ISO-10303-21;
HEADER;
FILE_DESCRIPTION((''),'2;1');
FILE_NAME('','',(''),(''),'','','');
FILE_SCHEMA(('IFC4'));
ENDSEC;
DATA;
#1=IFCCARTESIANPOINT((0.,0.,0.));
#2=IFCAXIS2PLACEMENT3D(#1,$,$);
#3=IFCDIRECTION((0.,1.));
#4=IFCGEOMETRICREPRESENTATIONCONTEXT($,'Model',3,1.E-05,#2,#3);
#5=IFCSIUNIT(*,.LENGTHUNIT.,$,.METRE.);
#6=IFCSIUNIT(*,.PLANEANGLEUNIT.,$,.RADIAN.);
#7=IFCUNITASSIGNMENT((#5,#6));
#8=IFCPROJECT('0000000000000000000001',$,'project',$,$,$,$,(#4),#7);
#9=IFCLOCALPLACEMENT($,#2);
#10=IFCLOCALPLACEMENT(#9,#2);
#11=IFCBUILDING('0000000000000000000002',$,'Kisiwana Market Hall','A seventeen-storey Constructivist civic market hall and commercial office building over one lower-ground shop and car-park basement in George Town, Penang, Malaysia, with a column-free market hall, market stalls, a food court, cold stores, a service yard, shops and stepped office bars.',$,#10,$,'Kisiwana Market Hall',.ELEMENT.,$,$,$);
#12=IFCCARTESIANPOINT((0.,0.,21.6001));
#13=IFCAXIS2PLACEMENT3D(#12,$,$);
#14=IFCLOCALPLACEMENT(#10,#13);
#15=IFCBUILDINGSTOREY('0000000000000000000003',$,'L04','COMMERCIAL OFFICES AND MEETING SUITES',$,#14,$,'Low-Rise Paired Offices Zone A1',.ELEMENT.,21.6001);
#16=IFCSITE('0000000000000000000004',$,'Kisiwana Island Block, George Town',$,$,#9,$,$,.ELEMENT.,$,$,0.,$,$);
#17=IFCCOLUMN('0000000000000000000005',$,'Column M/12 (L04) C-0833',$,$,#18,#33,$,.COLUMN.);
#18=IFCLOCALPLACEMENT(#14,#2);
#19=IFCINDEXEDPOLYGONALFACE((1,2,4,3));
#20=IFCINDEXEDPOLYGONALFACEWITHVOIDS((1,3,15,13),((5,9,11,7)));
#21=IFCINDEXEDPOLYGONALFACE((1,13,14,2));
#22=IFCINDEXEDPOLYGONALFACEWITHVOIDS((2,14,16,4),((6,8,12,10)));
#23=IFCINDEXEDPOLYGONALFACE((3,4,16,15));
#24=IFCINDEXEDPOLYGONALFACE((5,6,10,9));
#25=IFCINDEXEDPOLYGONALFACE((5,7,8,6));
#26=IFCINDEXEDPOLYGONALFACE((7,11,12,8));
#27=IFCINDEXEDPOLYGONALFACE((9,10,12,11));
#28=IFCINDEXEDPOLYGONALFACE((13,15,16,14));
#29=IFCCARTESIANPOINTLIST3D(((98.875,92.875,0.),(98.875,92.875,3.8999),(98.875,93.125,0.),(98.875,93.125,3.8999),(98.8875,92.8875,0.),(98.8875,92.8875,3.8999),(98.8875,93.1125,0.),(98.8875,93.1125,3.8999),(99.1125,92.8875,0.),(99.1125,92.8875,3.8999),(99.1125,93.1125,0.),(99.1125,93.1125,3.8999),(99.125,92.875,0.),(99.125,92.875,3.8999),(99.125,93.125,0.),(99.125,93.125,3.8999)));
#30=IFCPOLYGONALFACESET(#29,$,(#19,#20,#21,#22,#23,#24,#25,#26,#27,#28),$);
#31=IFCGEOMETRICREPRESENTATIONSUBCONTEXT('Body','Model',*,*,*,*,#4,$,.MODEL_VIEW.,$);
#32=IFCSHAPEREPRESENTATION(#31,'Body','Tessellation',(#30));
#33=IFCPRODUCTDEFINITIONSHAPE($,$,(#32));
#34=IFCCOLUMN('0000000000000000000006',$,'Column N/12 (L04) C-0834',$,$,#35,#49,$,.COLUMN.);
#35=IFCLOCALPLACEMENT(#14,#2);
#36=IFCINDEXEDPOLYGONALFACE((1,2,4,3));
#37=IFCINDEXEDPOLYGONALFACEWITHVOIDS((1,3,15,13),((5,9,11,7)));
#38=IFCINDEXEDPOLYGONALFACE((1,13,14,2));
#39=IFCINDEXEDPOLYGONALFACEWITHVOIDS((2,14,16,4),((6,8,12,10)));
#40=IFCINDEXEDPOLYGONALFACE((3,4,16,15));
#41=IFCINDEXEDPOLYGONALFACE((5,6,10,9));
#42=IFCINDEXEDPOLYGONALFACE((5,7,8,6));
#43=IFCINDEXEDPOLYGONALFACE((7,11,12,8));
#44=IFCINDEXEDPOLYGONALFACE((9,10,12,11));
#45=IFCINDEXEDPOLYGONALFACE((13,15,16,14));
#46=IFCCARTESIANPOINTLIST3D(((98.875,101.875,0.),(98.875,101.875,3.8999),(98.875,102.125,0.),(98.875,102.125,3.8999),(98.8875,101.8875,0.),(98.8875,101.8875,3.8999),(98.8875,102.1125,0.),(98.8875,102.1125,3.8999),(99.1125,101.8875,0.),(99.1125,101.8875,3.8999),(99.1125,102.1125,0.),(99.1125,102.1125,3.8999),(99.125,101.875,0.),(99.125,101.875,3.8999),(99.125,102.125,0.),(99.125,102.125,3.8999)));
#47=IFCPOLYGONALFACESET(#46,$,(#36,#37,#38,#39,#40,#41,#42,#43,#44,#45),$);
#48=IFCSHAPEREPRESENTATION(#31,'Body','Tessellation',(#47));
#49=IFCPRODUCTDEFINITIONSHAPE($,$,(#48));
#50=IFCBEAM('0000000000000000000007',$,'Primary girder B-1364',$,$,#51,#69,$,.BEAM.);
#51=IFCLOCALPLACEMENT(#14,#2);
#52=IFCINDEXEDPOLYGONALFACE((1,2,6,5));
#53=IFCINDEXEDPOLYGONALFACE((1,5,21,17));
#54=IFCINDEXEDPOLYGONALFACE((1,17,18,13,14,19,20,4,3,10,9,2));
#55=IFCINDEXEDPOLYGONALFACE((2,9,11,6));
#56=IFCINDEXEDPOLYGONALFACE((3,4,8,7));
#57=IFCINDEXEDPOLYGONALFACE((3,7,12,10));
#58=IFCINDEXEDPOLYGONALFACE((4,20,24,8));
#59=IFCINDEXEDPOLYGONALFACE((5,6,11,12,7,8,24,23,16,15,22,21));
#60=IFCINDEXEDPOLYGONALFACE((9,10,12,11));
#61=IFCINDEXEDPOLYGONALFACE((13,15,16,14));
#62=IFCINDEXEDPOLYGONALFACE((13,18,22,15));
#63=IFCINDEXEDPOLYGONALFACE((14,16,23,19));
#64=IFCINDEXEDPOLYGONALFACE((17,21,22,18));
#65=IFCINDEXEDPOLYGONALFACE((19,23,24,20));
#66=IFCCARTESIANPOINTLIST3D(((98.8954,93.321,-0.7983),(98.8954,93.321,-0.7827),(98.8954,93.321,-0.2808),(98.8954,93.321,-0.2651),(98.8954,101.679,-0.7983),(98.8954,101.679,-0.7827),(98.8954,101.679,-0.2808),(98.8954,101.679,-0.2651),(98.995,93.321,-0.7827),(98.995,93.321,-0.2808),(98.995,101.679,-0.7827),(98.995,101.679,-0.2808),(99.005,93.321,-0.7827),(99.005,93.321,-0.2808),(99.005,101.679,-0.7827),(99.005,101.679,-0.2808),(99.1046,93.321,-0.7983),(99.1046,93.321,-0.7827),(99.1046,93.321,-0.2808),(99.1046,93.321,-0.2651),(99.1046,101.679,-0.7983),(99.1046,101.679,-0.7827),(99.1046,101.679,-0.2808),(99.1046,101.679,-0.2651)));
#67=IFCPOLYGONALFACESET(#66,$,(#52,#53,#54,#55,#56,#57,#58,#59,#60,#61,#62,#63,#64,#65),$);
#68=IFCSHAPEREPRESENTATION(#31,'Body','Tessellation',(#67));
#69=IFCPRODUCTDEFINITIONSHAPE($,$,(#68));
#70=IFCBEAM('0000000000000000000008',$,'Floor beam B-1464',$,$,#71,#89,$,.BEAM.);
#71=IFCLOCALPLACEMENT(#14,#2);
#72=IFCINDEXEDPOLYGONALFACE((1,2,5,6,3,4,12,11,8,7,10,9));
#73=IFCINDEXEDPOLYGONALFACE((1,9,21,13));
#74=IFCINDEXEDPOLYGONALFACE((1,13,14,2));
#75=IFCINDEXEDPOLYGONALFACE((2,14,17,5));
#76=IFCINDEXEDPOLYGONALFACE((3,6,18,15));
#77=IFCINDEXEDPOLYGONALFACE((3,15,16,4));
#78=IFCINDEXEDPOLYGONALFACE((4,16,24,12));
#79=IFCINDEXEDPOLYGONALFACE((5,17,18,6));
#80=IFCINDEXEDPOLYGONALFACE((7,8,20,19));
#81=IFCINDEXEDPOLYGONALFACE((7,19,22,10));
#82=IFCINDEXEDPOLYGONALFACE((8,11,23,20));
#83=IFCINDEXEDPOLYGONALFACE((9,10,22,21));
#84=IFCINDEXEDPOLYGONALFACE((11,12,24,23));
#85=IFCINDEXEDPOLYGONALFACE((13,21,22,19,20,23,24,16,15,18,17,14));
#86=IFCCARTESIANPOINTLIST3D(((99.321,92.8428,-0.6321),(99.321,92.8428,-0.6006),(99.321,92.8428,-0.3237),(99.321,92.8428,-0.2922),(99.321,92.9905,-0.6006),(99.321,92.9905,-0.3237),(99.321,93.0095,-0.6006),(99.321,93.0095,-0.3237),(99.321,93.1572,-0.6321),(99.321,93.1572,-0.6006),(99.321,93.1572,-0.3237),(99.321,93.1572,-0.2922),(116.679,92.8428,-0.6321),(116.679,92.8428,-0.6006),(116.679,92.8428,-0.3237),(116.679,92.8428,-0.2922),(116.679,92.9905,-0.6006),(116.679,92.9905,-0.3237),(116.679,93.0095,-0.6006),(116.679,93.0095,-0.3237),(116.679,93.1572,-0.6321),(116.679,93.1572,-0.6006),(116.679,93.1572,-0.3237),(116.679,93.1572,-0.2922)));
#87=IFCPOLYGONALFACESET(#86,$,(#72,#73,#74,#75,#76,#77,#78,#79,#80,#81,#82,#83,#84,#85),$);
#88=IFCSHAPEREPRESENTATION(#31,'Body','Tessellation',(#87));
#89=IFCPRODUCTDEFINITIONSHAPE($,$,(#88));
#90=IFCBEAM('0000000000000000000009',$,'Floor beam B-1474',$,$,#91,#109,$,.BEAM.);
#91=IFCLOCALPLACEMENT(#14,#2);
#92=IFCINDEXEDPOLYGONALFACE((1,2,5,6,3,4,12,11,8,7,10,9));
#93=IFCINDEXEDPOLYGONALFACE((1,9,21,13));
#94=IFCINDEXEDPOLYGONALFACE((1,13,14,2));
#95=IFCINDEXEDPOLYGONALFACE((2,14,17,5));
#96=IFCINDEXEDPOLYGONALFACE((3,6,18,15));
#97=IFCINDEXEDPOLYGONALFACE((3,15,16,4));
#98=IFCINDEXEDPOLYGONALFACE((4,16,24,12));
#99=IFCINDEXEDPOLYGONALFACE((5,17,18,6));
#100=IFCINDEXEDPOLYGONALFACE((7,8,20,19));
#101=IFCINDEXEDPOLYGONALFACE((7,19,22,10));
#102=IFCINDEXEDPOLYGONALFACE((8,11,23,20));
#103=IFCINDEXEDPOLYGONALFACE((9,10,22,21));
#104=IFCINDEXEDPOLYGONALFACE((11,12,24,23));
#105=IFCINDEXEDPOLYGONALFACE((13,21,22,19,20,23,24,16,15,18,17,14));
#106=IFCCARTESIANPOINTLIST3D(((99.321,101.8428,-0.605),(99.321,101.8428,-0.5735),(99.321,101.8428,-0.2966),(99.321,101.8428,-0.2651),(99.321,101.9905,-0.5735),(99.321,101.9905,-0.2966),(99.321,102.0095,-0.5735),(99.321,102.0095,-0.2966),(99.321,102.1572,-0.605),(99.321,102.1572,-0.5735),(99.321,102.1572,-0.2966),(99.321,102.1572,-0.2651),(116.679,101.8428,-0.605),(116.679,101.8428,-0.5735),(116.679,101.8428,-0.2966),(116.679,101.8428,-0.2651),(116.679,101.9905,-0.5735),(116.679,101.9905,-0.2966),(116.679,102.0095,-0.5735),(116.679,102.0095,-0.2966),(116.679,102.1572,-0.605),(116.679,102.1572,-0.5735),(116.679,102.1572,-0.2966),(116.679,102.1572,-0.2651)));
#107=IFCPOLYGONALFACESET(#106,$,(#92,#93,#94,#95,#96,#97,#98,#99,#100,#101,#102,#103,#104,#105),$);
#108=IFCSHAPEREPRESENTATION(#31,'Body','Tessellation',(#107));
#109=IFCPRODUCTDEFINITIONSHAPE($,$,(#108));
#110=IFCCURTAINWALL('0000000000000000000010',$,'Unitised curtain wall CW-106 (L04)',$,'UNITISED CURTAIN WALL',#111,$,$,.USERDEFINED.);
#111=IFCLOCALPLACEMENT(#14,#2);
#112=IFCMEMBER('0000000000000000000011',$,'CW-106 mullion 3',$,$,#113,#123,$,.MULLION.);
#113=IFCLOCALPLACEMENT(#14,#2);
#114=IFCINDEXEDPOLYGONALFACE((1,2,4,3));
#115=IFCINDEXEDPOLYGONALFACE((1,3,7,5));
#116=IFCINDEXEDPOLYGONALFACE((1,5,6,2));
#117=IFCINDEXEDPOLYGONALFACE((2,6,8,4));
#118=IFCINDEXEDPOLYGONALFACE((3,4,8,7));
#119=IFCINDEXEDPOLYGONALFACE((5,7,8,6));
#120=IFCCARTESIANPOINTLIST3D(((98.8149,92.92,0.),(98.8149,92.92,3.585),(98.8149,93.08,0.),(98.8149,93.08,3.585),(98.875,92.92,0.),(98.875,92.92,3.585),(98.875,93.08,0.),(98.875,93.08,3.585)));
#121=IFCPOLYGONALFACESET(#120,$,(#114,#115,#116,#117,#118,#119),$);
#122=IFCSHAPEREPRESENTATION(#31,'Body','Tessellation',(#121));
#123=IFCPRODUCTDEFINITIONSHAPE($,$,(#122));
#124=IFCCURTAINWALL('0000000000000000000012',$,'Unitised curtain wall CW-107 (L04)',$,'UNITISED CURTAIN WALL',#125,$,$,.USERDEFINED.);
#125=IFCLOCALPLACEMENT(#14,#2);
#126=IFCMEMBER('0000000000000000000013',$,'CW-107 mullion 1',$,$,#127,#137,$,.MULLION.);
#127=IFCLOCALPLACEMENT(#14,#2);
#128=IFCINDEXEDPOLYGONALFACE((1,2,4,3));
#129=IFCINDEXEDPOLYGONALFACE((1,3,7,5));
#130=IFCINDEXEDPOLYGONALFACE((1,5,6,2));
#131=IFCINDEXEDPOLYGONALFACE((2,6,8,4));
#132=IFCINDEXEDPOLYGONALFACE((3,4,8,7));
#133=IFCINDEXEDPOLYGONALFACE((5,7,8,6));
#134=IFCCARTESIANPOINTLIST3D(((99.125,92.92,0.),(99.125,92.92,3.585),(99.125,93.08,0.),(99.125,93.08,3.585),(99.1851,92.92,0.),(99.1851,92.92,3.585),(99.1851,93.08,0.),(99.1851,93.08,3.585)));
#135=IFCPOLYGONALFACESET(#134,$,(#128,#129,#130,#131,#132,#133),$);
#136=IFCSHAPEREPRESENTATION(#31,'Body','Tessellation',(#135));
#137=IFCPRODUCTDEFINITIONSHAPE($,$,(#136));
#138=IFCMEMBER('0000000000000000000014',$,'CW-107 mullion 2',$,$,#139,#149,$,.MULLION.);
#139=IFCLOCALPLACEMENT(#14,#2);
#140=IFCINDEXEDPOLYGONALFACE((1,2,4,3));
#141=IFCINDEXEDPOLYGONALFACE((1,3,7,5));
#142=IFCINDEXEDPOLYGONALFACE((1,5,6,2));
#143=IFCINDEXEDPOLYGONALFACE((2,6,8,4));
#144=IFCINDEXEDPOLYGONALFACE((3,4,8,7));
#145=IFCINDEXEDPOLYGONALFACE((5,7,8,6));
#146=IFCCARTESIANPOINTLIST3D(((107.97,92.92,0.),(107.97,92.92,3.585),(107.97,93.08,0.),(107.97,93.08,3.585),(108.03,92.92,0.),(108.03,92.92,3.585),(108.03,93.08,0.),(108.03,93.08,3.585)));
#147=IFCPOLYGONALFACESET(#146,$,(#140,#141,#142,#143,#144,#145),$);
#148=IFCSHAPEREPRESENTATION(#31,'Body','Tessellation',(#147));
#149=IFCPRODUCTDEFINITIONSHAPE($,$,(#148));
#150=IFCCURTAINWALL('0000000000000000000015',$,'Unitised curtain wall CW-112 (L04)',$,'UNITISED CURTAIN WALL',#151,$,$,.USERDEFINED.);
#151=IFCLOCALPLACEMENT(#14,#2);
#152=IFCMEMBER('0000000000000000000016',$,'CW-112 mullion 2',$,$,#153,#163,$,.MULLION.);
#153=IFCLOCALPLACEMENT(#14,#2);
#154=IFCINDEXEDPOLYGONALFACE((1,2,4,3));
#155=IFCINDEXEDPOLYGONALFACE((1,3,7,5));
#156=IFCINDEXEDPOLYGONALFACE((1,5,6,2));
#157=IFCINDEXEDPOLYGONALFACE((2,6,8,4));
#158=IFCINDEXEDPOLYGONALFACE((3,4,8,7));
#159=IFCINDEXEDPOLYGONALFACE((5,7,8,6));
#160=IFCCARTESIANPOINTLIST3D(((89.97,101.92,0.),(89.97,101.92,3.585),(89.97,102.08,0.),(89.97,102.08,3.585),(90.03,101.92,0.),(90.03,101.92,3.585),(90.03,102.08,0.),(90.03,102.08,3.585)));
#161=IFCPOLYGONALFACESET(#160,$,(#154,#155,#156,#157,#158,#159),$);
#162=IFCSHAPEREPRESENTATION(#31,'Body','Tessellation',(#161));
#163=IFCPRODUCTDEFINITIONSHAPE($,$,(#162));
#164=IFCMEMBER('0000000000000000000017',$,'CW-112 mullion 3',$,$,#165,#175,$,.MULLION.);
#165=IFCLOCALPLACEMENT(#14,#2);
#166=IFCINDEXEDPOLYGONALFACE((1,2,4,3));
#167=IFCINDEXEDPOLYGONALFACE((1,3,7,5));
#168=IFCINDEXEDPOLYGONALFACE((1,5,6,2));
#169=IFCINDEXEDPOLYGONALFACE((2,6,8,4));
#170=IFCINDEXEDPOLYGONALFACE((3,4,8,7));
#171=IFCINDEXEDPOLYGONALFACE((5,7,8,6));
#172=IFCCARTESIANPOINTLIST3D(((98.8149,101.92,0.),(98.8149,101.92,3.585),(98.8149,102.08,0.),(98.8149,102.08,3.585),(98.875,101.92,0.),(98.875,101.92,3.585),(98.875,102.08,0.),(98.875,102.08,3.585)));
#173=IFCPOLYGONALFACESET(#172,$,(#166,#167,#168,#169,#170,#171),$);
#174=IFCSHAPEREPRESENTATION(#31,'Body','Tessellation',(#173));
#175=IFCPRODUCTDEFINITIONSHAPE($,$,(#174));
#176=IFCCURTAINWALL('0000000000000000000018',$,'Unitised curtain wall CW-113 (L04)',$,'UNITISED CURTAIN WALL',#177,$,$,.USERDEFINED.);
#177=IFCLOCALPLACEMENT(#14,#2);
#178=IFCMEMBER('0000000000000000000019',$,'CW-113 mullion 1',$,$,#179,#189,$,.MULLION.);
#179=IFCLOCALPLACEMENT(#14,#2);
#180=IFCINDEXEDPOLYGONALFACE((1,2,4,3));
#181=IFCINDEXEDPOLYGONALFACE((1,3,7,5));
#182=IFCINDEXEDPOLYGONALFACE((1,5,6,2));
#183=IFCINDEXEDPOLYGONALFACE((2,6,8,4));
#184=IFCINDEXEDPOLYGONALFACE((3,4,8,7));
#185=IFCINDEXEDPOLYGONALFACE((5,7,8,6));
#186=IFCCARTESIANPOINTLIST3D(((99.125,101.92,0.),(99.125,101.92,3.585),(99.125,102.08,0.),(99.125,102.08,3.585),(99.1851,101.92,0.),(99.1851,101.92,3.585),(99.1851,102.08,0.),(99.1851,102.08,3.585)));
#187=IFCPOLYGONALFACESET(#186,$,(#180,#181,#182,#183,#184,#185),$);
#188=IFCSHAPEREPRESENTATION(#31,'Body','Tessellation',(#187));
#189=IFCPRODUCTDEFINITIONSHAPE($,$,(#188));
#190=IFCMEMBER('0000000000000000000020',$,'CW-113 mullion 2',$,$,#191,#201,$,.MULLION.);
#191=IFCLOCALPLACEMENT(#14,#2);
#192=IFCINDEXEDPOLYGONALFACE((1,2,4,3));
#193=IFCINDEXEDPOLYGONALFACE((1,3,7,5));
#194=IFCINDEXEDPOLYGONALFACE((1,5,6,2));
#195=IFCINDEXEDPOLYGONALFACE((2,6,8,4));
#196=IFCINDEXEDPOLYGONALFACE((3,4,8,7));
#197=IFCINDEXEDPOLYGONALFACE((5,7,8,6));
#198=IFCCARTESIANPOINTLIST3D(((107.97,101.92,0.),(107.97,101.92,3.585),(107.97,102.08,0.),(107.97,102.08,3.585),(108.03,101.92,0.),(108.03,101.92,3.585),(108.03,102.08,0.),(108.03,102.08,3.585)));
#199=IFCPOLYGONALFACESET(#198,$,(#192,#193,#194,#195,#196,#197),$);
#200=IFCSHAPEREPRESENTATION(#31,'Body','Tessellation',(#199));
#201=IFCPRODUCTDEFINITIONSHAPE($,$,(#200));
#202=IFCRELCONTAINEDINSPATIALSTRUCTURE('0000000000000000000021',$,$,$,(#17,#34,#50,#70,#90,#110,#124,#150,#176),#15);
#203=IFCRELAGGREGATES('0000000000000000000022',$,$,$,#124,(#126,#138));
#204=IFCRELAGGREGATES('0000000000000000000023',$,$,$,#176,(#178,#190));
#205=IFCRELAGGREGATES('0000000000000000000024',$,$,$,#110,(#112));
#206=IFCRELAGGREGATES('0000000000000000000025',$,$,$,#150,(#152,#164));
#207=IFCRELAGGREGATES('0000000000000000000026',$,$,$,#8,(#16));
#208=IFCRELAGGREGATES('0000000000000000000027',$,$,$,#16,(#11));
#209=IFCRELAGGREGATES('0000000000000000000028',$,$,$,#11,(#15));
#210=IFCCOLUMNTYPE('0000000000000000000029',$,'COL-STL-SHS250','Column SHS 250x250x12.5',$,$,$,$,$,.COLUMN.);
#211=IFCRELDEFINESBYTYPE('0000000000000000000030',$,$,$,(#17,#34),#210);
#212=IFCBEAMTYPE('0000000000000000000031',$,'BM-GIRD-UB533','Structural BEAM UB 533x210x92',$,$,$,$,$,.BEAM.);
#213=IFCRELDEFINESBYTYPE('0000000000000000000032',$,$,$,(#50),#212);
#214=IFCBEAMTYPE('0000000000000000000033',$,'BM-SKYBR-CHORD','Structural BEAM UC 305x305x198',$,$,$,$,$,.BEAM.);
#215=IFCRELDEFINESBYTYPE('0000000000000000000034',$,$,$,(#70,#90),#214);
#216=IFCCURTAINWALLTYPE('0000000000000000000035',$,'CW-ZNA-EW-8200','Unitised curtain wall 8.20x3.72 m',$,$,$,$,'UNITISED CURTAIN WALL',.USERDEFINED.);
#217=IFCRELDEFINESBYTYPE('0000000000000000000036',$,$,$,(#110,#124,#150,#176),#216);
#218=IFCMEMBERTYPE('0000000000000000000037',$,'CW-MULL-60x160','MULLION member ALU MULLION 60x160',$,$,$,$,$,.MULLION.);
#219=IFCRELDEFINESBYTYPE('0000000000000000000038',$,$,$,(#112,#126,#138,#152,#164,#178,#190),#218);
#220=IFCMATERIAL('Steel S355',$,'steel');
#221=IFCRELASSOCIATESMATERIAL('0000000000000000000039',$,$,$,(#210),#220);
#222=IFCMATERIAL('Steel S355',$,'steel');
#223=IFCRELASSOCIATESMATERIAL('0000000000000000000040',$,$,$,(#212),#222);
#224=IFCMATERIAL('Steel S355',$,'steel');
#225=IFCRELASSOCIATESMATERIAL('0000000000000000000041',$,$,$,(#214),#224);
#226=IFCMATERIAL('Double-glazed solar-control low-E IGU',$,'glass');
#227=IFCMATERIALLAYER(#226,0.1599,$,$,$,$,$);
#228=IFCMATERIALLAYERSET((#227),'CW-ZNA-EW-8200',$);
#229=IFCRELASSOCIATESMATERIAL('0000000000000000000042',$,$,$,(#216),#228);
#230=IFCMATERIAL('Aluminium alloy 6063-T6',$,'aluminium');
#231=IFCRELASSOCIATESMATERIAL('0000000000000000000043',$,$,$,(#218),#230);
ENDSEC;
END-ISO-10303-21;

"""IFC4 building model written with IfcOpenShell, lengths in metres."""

from ifc_helpers import new_model, si_unit, direction, frame, origin, origin_2d, place, context, subcontext, project, spatial, rectangle, hollow_rectangle, i_section, extrude, material, layer, layer_set, material_profile, profile_set, type_object, element, aggregate, save


model = new_model("IFC4")

# Units and contexts
model_context = context("Model", 3, precision=1e-05, world=origin(), true_north=direction((0.0, 1.0)))
body_context = subcontext(model_context, "Body", "Model", "MODEL_VIEW")
ifc_project = project(units=[si_unit("LENGTHUNIT", "METRE"), si_unit("PLANEANGLEUNIT", "RADIAN")], contexts=[model_context])

# Site, building, storey
site_placement = place(None, origin())
site = spatial("IfcSite", under=ifc_project, at=site_placement, Name="Kisiwana Island Block, George Town", CompositionType="ELEMENT", RefElevation=0.0)
building_placement = place(site_placement, origin())
building = spatial("IfcBuilding", under=site, at=building_placement, Name="Kisiwana Market Hall", Description="A seventeen-storey Constructivist civic market hall and commercial office building over one lower-ground shop and car-park basement in George Town, Penang, Malaysia, with a column-free market hall, market stalls, a food court, cold stores, a service yard, shops and stepped office bars.", LongName="Kisiwana Market Hall", CompositionType="ELEMENT")
storey_placement = place(building_placement, frame((0.0, 0.0, 21.6001)))
storey = spatial("IfcBuildingStorey", under=building, at=storey_placement, Name="L04", Description="COMMERCIAL OFFICES AND MEETING SUITES", LongName="Low-Rise Paired Offices Zone A1", CompositionType="ELEMENT", Elevation=21.6001)

# Columns
ifc_material_1 = material(Name="Steel S355", Category="steel")
ifc_material_profile_1 = material_profile(ifc_material_1, hollow_rectangle(XDim=0.25, YDim=0.25, WallThickness=0.0125, at=origin_2d()), Name="SHS 250x250x12.5")
ifc_profile_set_1 = profile_set([ifc_material_profile_1], Name="Steel S355")
column_type = type_object("IfcColumnType", Name="COL-STL-SHS250", Description="Column SHS 250x250x12.5", PredefinedType="COLUMN", material=ifc_profile_set_1)
for number, where, z_axis, x_axis, name in (
    (1, (99.0, 93.0, 0.0), (0.0, 0.0, 1.0), (1.0, 0.0, 0.0), "Column M/12 (L04) C-0833"),
    (2, (99.0, 102.0, 0.0), (0.0, 0.0, 1.0), (1.0, 0.0, 0.0), "Column N/12 (L04) C-0834"),
):
    element("IfcColumn", number, at=place(storey_placement, frame(where, z_axis=z_axis, x_axis=x_axis)), inside=storey, type_object=column_type, Name=name, PredefinedType="COLUMN", context=body_context, shape_type="SweptSolid", body=[
        extrude(hollow_rectangle(XDim=0.25, YDim=0.25, WallThickness=0.0125, at=origin_2d()), origin(), (0.0, 0.0, 1.0), 3.8999),
    ])

# Beams
ifc_material_2 = material(Name="Steel S355", Category="steel")
ifc_material_profile_2 = material_profile(ifc_material_2, i_section(OverallWidth=0.2092, OverallDepth=0.5332, WebThickness=0.01, FlangeThickness=0.0156, at=origin_2d()), Name="UB 533x210x92")
ifc_profile_set_2 = profile_set([ifc_material_profile_2], Name="Steel S355")
beam_type_1 = type_object("IfcBeamType", Name="BM-GIRD-UB533", Description="Structural BEAM UB 533x210x92", PredefinedType="BEAM", material=ifc_profile_set_2)
beam_placement = place(storey_placement, frame((99.0, 93.321, -0.5317), z_axis=(0.0, 1.0, 0.0), x_axis=(-1.0, 0.0, 0.0)))
element("IfcBeam", 3, at=beam_placement, inside=storey, type_object=beam_type_1, Name="Primary girder B-1364", PredefinedType="BEAM", context=body_context, shape_type="SweptSolid", body=[
    extrude(i_section(OverallWidth=0.2092, OverallDepth=0.5332, WebThickness=0.01, FlangeThickness=0.0156, at=origin_2d()), origin(), (0.0, 0.0, 1.0), 8.3579),
])
ifc_material_3 = material(Name="Steel S355", Category="steel")
ifc_material_profile_3 = material_profile(ifc_material_3, i_section(OverallWidth=0.3145, OverallDepth=0.3398, WebThickness=0.019, FlangeThickness=0.0315, at=origin_2d()), Name="UC 305x305x198")
ifc_profile_set_3 = profile_set([ifc_material_profile_3], Name="Steel S355")
beam_type_2 = type_object("IfcBeamType", Name="BM-SKYBR-CHORD", Description="Structural BEAM UC 305x305x198", PredefinedType="BEAM", material=ifc_profile_set_3)
for number, where, z_axis, x_axis, name in (
    (4, (99.321, 93.0, -0.4622), (1.0, 0.0, 0.0), (0.0, 1.0, 0.0), "Floor beam B-1464"),
    (5, (99.321, 102.0, -0.4351), (1.0, 0.0, 0.0), (0.0, 1.0, 0.0), "Floor beam B-1474"),
):
    element("IfcBeam", number, at=place(storey_placement, frame(where, z_axis=z_axis, x_axis=x_axis)), inside=storey, type_object=beam_type_2, Name=name, PredefinedType="BEAM", context=body_context, shape_type="SweptSolid", body=[
        extrude(i_section(OverallWidth=0.3145, OverallDepth=0.3398, WebThickness=0.019, FlangeThickness=0.0315, at=origin_2d()), origin(), (0.0, 0.0, 1.0), 17.3579),
    ])

# Curtain wall, member
ifc_material_4 = material(Name="Double-glazed solar-control low-E IGU", Category="glass")
ifc_layer_1 = layer(ifc_material_4, 0.1599)
ifc_layer_set_1 = layer_set([ifc_layer_1], Name="CW-ZNA-EW-8200")
curtain_wall_type = type_object("IfcCurtainWallType", Name="CW-ZNA-EW-8200", Description="Unitised curtain wall 8.20x3.72 m", ElementType="UNITISED CURTAIN WALL", PredefinedType="USERDEFINED", material=ifc_layer_set_1)
curtain_wall_1_placement = place(storey_placement, origin())
curtain_wall_1 = element("IfcCurtainWall", 6, at=curtain_wall_1_placement, inside=storey, type_object=curtain_wall_type, Name="Unitised curtain wall CW-106 (L04)", ObjectType="UNITISED CURTAIN WALL", PredefinedType="USERDEFINED")
ifc_material_5 = material(Name="Aluminium alloy 6063-T6", Category="aluminium")
ifc_material_profile_4 = material_profile(ifc_material_5, rectangle(XDim=0.0601, YDim=0.1599, at=origin_2d()), Name="ALU MULLION 60x160")
ifc_profile_set_4 = profile_set([ifc_material_profile_4], Name="Aluminium alloy 6063-T6")
member_type_1 = type_object("IfcMemberType", Name="CW-MULL-60x160", Description="MULLION member ALU MULLION 60x160", PredefinedType="MULLION", material=ifc_profile_set_4)
member_1_placement = place(storey_placement, frame((98.845, 93.0, 0.0), z_axis=(0.0, 0.0, 1.0), x_axis=(1.0, 0.0, 0.0)))
member_1 = element("IfcMember", 7, at=member_1_placement, type_object=member_type_1, Name="CW-106 mullion 3", PredefinedType="MULLION", context=body_context, shape_type="SweptSolid", body=[
    extrude(rectangle(XDim=0.0601, YDim=0.1599, at=origin_2d()), origin(), (0.0, 0.0, 1.0), 3.585),
])

# Curtain walls, members
curtain_wall_2_placement = place(storey_placement, origin())
curtain_wall_2 = element("IfcCurtainWall", 8, at=curtain_wall_2_placement, inside=storey, type_object=curtain_wall_type, Name="Unitised curtain wall CW-107 (L04)", ObjectType="UNITISED CURTAIN WALL", PredefinedType="USERDEFINED")
member_2_placement = place(storey_placement, frame((99.155, 93.0, 0.0), z_axis=(0.0, 0.0, 1.0), x_axis=(1.0, 0.0, 0.0)))
member_2 = element("IfcMember", 9, at=member_2_placement, type_object=member_type_1, Name="CW-107 mullion 1", PredefinedType="MULLION", context=body_context, shape_type="SweptSolid", body=[
    extrude(rectangle(XDim=0.0601, YDim=0.1599, at=origin_2d()), origin(), (0.0, 0.0, 1.0), 3.585),
])
member_3_placement = place(storey_placement, frame((108.0, 93.0, 0.0), z_axis=(0.0, 0.0, 1.0), x_axis=(1.0, 0.0, 0.0)))
member_3 = element("IfcMember", 10, at=member_3_placement, type_object=member_type_1, Name="CW-107 mullion 2", PredefinedType="MULLION", context=body_context, shape_type="SweptSolid", body=[
    extrude(rectangle(XDim=0.0601, YDim=0.1599, at=origin_2d()), origin(), (0.0, 0.0, 1.0), 3.585),
])
curtain_wall_3_placement = place(storey_placement, origin())
curtain_wall_3 = element("IfcCurtainWall", 11, at=curtain_wall_3_placement, inside=storey, type_object=curtain_wall_type, Name="Unitised curtain wall CW-112 (L04)", ObjectType="UNITISED CURTAIN WALL", PredefinedType="USERDEFINED")
member_4_placement = place(storey_placement, frame((90.0, 102.0, 0.0), z_axis=(0.0, 0.0, 1.0), x_axis=(1.0, 0.0, 0.0)))
member_4 = element("IfcMember", 12, at=member_4_placement, type_object=member_type_1, Name="CW-112 mullion 2", PredefinedType="MULLION", context=body_context, shape_type="SweptSolid", body=[
    extrude(rectangle(XDim=0.0601, YDim=0.1599, at=origin_2d()), origin(), (0.0, 0.0, 1.0), 3.585),
])
member_5_placement = place(storey_placement, frame((98.845, 102.0, 0.0), z_axis=(0.0, 0.0, 1.0), x_axis=(1.0, 0.0, 0.0)))
member_5 = element("IfcMember", 13, at=member_5_placement, type_object=member_type_1, Name="CW-112 mullion 3", PredefinedType="MULLION", context=body_context, shape_type="SweptSolid", body=[
    extrude(rectangle(XDim=0.0601, YDim=0.1599, at=origin_2d()), origin(), (0.0, 0.0, 1.0), 3.585),
])
curtain_wall_4_placement = place(storey_placement, origin())
curtain_wall_4 = element("IfcCurtainWall", 14, at=curtain_wall_4_placement, inside=storey, type_object=curtain_wall_type, Name="Unitised curtain wall CW-113 (L04)", ObjectType="UNITISED CURTAIN WALL", PredefinedType="USERDEFINED")
member_6_placement = place(storey_placement, frame((99.155, 102.0, 0.0), z_axis=(0.0, 0.0, 1.0), x_axis=(1.0, 0.0, 0.0)))
member_6 = element("IfcMember", 15, at=member_6_placement, type_object=member_type_1, Name="CW-113 mullion 1", PredefinedType="MULLION", context=body_context, shape_type="SweptSolid", body=[
    extrude(rectangle(XDim=0.0601, YDim=0.1599, at=origin_2d()), origin(), (0.0, 0.0, 1.0), 3.585),
])
member_7_placement = place(storey_placement, frame((108.0, 102.0, 0.0), z_axis=(0.0, 0.0, 1.0), x_axis=(1.0, 0.0, 0.0)))
member_7 = element("IfcMember", 16, at=member_7_placement, type_object=member_type_1, Name="CW-113 mullion 2", PredefinedType="MULLION", context=body_context, shape_type="SweptSolid", body=[
    extrude(rectangle(XDim=0.0601, YDim=0.1599, at=origin_2d()), origin(), (0.0, 0.0, 1.0), 3.585),
])

aggregate(curtain_wall_2, [member_2, member_3])
aggregate(curtain_wall_4, [member_6, member_7])
aggregate(curtain_wall_1, [member_1])
aggregate(curtain_wall_3, [member_4, member_5])

save(model, "model.ifc")
